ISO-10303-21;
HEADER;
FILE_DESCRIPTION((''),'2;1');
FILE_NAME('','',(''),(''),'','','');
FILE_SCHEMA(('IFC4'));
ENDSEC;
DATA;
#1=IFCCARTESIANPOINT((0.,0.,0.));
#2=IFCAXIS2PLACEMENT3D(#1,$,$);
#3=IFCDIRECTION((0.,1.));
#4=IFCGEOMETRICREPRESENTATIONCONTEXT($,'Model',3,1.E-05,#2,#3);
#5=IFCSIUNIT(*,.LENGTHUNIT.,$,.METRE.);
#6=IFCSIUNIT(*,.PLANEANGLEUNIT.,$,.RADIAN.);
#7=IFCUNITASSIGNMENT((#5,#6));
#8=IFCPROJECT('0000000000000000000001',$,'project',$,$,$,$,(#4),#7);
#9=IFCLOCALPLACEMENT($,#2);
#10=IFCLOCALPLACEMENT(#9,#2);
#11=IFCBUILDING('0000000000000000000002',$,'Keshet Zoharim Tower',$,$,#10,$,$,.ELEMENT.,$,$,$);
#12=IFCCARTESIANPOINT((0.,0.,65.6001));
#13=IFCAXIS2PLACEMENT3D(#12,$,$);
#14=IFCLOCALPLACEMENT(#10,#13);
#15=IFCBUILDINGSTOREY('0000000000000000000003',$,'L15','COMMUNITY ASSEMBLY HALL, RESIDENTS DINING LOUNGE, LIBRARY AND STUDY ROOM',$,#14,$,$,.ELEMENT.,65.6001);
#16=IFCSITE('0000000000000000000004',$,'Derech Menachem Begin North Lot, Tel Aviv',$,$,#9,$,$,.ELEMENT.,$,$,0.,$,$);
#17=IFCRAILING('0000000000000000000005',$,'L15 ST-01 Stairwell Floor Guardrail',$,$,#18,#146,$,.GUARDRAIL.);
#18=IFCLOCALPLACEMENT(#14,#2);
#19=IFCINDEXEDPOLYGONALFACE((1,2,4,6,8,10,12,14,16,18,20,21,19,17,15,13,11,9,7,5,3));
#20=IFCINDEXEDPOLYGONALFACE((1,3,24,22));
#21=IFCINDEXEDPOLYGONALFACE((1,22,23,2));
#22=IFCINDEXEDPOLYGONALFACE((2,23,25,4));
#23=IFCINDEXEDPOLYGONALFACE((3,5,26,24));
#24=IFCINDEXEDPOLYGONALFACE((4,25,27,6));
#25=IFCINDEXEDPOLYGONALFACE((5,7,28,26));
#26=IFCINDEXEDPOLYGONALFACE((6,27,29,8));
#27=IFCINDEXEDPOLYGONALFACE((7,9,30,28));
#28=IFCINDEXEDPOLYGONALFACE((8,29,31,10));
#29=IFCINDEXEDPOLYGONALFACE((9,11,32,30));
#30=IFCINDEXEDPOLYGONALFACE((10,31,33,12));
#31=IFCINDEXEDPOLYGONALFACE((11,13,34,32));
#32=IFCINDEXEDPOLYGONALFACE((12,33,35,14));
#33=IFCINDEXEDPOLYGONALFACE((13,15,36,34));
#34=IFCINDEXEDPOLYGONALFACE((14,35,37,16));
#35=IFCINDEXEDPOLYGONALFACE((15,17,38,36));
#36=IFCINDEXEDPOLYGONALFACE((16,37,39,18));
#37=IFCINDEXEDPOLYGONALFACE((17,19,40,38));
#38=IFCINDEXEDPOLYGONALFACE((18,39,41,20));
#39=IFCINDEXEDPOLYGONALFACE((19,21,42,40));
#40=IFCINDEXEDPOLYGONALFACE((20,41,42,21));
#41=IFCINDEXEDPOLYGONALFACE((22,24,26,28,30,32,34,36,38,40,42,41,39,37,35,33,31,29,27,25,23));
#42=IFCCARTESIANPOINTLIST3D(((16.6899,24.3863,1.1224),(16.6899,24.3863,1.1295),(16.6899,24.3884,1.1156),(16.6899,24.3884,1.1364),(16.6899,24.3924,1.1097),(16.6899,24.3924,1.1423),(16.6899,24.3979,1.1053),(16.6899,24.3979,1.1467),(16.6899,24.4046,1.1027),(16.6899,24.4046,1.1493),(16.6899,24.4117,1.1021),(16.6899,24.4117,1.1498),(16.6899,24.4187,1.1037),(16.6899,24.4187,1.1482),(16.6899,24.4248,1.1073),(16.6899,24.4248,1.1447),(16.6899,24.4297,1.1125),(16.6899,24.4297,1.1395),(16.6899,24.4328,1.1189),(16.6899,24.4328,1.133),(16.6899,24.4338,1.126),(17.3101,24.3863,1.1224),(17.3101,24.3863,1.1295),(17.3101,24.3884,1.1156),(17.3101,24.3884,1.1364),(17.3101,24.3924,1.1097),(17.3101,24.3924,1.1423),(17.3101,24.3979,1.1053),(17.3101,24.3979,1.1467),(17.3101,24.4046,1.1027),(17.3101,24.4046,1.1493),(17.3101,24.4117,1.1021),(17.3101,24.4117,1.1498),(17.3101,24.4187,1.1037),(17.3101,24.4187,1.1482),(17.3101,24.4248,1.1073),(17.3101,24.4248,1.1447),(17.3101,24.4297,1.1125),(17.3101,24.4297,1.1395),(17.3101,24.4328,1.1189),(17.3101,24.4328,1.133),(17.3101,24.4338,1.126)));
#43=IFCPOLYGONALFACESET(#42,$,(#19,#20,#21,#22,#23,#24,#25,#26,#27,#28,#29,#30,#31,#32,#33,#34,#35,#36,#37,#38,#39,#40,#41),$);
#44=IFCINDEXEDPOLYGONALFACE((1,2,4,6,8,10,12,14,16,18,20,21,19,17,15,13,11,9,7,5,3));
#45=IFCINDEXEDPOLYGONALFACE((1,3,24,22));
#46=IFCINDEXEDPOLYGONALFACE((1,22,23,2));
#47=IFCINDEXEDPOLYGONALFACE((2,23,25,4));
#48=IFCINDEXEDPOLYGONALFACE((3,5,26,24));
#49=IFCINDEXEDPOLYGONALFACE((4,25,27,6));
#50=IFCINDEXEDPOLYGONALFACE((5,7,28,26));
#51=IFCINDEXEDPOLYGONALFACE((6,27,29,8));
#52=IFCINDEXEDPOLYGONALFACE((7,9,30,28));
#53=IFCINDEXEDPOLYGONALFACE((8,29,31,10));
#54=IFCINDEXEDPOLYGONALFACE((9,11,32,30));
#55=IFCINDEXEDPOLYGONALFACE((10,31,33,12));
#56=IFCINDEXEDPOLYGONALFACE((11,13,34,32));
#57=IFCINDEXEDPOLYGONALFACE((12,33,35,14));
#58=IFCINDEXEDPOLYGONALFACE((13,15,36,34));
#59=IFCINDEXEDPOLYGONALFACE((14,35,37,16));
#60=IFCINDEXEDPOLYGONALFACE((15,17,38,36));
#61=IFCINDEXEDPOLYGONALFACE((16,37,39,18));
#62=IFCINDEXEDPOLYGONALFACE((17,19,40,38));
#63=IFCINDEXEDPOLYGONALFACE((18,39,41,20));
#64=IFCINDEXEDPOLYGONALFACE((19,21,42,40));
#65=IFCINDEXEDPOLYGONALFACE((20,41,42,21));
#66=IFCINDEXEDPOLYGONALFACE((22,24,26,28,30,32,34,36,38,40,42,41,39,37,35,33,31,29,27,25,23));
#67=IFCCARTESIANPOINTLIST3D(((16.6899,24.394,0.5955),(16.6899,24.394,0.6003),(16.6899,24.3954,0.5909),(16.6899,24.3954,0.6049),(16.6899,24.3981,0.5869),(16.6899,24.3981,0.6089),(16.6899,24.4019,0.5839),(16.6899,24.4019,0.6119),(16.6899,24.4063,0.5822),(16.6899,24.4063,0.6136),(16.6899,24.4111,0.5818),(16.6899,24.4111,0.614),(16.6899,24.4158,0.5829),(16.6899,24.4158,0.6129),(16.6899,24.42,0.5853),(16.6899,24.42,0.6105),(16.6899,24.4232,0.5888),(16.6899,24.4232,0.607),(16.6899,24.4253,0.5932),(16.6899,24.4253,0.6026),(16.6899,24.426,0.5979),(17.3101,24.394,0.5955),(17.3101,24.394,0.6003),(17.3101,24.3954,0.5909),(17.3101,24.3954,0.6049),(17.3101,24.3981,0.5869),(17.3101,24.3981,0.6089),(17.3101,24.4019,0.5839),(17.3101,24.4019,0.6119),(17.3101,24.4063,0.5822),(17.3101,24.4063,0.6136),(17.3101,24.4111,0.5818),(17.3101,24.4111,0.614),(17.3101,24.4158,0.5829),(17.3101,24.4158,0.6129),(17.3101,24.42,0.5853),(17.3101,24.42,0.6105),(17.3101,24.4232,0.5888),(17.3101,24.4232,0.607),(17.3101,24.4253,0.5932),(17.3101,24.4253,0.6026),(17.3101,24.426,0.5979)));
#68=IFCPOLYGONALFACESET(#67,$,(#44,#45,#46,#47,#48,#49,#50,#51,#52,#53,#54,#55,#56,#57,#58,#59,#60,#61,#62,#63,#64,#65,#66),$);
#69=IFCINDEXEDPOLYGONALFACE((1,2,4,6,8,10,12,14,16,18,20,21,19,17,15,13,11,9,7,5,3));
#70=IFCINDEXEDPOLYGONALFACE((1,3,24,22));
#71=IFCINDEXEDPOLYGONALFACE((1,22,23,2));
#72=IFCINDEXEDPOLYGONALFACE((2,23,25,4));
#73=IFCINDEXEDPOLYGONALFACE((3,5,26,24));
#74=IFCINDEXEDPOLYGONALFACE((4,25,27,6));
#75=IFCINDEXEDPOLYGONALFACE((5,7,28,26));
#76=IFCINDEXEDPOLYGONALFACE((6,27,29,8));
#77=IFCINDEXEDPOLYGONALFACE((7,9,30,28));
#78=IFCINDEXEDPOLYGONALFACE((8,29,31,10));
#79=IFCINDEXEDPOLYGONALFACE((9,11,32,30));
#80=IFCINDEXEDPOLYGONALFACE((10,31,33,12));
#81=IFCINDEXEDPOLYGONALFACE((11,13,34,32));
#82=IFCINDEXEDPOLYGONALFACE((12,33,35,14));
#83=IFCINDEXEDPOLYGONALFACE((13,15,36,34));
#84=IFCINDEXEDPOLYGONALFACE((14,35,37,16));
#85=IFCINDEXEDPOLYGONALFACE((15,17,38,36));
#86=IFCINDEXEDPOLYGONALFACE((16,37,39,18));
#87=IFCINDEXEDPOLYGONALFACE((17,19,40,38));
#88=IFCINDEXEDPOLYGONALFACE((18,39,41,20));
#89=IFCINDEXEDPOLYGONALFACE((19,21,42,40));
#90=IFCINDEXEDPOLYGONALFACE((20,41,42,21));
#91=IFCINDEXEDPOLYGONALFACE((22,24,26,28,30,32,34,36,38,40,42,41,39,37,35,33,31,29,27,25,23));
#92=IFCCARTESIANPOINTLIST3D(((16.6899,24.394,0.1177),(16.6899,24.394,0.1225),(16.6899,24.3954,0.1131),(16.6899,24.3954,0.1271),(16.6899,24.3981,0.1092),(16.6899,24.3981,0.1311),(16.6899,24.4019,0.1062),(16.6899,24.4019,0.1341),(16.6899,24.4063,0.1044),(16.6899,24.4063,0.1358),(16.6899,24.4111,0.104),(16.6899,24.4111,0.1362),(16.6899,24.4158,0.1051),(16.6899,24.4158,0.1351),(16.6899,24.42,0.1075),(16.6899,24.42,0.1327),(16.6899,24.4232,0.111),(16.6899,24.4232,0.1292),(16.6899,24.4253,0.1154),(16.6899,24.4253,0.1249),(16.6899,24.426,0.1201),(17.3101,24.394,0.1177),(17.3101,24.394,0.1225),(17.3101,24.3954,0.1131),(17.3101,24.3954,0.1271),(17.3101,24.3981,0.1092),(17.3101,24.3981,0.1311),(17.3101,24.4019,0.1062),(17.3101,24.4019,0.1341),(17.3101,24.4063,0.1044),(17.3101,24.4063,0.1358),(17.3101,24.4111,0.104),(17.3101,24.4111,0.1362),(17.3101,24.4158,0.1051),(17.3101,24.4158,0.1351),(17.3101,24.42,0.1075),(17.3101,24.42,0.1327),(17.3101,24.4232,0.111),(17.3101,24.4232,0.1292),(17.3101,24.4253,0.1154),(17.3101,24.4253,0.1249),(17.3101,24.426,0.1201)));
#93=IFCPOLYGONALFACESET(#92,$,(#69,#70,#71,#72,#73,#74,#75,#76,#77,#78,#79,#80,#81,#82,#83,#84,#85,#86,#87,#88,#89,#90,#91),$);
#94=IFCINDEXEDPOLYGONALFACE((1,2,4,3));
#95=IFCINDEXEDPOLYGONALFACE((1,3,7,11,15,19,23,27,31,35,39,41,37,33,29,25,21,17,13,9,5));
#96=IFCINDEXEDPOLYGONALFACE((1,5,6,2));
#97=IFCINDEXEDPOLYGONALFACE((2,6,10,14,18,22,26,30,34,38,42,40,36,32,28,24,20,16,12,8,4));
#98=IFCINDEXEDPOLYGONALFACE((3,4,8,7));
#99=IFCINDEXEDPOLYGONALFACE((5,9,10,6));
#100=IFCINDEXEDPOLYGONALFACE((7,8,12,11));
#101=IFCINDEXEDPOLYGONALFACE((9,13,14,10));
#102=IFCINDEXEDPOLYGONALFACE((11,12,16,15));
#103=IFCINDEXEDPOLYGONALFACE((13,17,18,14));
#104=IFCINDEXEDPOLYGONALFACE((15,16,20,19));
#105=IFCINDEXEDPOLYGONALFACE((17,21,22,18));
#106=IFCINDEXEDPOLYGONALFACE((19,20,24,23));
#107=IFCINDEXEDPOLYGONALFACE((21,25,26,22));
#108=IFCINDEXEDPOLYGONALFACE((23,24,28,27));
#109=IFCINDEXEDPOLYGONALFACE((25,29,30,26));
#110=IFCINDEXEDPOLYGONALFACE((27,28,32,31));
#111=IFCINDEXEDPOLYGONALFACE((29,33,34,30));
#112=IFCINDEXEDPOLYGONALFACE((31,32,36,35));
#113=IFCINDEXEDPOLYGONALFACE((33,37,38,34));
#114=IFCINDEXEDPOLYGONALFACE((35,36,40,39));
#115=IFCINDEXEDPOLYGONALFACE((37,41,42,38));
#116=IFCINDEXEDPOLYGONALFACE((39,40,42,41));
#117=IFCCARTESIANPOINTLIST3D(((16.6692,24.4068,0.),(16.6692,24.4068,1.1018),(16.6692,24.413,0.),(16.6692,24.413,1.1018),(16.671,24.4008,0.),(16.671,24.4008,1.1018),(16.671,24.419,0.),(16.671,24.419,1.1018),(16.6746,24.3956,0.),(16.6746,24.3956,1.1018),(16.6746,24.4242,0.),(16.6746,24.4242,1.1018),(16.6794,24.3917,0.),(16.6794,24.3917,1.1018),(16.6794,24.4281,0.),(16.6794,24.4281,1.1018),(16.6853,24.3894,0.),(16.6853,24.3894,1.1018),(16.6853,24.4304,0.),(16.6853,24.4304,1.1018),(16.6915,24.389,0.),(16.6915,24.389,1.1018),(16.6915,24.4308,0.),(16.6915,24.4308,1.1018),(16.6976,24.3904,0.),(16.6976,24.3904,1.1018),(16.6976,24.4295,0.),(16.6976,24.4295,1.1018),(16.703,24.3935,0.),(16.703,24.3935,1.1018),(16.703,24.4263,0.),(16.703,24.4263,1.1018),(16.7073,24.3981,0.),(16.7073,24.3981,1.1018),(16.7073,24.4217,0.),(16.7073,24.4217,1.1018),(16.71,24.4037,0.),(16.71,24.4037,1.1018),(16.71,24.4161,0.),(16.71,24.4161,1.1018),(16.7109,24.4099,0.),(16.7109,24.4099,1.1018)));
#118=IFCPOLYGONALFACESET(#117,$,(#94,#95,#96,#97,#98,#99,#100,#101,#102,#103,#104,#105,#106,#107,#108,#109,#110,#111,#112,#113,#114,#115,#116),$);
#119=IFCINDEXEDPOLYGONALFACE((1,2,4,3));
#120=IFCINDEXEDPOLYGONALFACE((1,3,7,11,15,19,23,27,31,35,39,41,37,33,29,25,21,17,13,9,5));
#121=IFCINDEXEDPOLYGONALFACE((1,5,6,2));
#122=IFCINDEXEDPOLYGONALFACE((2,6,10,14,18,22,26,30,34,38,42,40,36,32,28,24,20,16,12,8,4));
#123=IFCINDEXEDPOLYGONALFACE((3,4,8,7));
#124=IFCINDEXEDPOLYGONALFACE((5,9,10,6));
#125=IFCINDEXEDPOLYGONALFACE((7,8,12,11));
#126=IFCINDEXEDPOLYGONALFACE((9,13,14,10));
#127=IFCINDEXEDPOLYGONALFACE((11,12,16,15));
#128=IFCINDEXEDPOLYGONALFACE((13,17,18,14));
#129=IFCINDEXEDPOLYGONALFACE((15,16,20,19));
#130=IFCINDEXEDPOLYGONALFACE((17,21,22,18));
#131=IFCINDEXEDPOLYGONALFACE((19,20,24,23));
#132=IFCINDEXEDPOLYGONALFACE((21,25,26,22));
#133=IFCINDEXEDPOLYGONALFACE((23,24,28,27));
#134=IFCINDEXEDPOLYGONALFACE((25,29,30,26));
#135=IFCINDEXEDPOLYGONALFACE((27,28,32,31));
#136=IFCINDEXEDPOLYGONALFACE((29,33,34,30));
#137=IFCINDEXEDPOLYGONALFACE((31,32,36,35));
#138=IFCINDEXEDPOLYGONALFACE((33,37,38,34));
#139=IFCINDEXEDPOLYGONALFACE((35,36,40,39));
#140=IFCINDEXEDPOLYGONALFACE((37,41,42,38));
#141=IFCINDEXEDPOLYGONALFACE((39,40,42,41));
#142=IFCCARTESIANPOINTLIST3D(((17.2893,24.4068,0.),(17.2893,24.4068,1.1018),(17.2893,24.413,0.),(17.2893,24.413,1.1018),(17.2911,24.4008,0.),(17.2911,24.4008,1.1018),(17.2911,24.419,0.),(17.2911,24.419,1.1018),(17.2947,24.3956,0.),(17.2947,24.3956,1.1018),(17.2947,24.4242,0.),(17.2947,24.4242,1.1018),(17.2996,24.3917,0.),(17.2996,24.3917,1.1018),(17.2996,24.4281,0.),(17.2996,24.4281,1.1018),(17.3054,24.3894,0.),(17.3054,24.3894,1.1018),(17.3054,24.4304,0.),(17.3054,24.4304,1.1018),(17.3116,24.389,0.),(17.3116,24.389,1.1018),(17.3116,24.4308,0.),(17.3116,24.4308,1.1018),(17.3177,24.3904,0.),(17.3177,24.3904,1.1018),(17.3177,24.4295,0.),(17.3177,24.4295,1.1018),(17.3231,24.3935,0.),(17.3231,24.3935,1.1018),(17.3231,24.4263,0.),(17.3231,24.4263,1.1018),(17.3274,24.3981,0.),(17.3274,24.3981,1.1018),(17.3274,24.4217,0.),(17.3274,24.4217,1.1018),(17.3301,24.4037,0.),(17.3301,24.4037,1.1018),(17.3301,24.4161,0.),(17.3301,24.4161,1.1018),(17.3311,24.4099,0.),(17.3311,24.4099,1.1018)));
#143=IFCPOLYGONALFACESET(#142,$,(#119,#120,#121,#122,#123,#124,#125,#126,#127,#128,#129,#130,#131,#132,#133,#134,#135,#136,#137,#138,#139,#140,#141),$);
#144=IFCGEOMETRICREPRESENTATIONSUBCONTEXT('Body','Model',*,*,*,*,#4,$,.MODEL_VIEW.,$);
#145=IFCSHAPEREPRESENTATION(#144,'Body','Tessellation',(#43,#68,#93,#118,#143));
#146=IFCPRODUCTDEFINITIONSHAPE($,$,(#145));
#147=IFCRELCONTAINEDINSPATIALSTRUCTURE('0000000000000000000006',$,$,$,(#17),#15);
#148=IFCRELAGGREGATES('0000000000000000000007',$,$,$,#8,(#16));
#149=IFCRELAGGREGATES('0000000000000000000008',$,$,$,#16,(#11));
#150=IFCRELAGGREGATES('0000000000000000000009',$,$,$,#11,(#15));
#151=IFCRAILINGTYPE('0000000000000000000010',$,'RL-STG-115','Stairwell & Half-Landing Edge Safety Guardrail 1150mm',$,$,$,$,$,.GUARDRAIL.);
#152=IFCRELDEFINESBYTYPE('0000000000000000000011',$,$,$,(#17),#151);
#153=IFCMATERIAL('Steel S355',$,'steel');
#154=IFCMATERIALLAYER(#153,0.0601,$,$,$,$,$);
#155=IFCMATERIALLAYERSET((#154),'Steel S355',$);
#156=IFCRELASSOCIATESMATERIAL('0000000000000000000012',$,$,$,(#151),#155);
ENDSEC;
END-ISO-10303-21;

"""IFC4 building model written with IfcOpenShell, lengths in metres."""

from ifc_helpers import new_model, si_unit, direction, frame, origin, origin_2d, place, context, subcontext, project, spatial, circle, extrude, material, layer, layer_set, type_object, element, save


model = new_model("IFC4")

# Units and contexts
model_context = context("Model", 3, precision=1e-05, world=origin(), true_north=direction((0.0, 1.0)))
body_context = subcontext(model_context, "Body", "Model", "MODEL_VIEW")
ifc_project = project(units=[si_unit("LENGTHUNIT", "METRE"), si_unit("PLANEANGLEUNIT", "RADIAN")], contexts=[model_context])

# Site, building, storey
site_placement = place(None, origin())
site = spatial("IfcSite", under=ifc_project, at=site_placement, Name="Derech Menachem Begin North Lot, Tel Aviv", CompositionType="ELEMENT", RefElevation=0.0)
building_placement = place(site_placement, origin())
building = spatial("IfcBuilding", under=site, at=building_placement, Name="Keshet Zoharim Tower", CompositionType="ELEMENT")
storey_placement = place(building_placement, frame((0.0, 0.0, 65.6001)))
storey = spatial("IfcBuildingStorey", under=building, at=storey_placement, Name="L15", Description="COMMUNITY ASSEMBLY HALL, RESIDENTS DINING LOUNGE, LIBRARY AND STUDY ROOM", CompositionType="ELEMENT", Elevation=65.6001)

# Railing
ifc_material_1 = material(Name="Steel S355", Category="steel")
ifc_layer_1 = layer(ifc_material_1, 0.0601)
ifc_layer_set_1 = layer_set([ifc_layer_1], Name="Steel S355")
railing_type_1 = type_object("IfcRailingType", Name="RL-STG-115", Description="Stairwell & Half-Landing Edge Safety Guardrail 1150mm", PredefinedType="GUARDRAIL", material=ifc_layer_set_1)
railing_1_placement = place(storey_placement, frame((16.6899, 24.4099, 0.0)))
element("IfcRailing", 1, at=railing_1_placement, inside=storey, type_object=railing_type_1, Name="L15 ST-01 Stairwell Floor Guardrail", PredefinedType="GUARDRAIL", context=body_context, shape_type="SweptSolid", body=[
    extrude(circle(Radius=0.0239, at=origin_2d()), frame((0.0, 0.0, 1.126), z_axis=(1.0, 0.0, 0.0), x_axis=(0.0, 1.0, 0.0)), (0.0, 0.0, 1.0), 0.6201),
    extrude(circle(Radius=0.0161, at=origin_2d()), frame((0.0, 0.0, 0.5979), z_axis=(1.0, 0.0, 0.0), x_axis=(0.0, 1.0, 0.0)), (0.0, 0.0, 1.0), 0.6201),
    extrude(circle(Radius=0.0161, at=origin_2d()), frame((0.0, 0.0, 0.1201), z_axis=(1.0, 0.0, 0.0), x_axis=(0.0, 1.0, 0.0)), (0.0, 0.0, 1.0), 0.6201),
    extrude(circle(Radius=0.021, at=origin_2d()), origin(), (0.0, 0.0, 1.0), 1.1018),
    extrude(circle(Radius=0.021, at=origin_2d()), frame((0.6201, 0.0, 0.0)), (0.0, 0.0, 1.0), 1.1018),
])

save(model, "model.ifc")
